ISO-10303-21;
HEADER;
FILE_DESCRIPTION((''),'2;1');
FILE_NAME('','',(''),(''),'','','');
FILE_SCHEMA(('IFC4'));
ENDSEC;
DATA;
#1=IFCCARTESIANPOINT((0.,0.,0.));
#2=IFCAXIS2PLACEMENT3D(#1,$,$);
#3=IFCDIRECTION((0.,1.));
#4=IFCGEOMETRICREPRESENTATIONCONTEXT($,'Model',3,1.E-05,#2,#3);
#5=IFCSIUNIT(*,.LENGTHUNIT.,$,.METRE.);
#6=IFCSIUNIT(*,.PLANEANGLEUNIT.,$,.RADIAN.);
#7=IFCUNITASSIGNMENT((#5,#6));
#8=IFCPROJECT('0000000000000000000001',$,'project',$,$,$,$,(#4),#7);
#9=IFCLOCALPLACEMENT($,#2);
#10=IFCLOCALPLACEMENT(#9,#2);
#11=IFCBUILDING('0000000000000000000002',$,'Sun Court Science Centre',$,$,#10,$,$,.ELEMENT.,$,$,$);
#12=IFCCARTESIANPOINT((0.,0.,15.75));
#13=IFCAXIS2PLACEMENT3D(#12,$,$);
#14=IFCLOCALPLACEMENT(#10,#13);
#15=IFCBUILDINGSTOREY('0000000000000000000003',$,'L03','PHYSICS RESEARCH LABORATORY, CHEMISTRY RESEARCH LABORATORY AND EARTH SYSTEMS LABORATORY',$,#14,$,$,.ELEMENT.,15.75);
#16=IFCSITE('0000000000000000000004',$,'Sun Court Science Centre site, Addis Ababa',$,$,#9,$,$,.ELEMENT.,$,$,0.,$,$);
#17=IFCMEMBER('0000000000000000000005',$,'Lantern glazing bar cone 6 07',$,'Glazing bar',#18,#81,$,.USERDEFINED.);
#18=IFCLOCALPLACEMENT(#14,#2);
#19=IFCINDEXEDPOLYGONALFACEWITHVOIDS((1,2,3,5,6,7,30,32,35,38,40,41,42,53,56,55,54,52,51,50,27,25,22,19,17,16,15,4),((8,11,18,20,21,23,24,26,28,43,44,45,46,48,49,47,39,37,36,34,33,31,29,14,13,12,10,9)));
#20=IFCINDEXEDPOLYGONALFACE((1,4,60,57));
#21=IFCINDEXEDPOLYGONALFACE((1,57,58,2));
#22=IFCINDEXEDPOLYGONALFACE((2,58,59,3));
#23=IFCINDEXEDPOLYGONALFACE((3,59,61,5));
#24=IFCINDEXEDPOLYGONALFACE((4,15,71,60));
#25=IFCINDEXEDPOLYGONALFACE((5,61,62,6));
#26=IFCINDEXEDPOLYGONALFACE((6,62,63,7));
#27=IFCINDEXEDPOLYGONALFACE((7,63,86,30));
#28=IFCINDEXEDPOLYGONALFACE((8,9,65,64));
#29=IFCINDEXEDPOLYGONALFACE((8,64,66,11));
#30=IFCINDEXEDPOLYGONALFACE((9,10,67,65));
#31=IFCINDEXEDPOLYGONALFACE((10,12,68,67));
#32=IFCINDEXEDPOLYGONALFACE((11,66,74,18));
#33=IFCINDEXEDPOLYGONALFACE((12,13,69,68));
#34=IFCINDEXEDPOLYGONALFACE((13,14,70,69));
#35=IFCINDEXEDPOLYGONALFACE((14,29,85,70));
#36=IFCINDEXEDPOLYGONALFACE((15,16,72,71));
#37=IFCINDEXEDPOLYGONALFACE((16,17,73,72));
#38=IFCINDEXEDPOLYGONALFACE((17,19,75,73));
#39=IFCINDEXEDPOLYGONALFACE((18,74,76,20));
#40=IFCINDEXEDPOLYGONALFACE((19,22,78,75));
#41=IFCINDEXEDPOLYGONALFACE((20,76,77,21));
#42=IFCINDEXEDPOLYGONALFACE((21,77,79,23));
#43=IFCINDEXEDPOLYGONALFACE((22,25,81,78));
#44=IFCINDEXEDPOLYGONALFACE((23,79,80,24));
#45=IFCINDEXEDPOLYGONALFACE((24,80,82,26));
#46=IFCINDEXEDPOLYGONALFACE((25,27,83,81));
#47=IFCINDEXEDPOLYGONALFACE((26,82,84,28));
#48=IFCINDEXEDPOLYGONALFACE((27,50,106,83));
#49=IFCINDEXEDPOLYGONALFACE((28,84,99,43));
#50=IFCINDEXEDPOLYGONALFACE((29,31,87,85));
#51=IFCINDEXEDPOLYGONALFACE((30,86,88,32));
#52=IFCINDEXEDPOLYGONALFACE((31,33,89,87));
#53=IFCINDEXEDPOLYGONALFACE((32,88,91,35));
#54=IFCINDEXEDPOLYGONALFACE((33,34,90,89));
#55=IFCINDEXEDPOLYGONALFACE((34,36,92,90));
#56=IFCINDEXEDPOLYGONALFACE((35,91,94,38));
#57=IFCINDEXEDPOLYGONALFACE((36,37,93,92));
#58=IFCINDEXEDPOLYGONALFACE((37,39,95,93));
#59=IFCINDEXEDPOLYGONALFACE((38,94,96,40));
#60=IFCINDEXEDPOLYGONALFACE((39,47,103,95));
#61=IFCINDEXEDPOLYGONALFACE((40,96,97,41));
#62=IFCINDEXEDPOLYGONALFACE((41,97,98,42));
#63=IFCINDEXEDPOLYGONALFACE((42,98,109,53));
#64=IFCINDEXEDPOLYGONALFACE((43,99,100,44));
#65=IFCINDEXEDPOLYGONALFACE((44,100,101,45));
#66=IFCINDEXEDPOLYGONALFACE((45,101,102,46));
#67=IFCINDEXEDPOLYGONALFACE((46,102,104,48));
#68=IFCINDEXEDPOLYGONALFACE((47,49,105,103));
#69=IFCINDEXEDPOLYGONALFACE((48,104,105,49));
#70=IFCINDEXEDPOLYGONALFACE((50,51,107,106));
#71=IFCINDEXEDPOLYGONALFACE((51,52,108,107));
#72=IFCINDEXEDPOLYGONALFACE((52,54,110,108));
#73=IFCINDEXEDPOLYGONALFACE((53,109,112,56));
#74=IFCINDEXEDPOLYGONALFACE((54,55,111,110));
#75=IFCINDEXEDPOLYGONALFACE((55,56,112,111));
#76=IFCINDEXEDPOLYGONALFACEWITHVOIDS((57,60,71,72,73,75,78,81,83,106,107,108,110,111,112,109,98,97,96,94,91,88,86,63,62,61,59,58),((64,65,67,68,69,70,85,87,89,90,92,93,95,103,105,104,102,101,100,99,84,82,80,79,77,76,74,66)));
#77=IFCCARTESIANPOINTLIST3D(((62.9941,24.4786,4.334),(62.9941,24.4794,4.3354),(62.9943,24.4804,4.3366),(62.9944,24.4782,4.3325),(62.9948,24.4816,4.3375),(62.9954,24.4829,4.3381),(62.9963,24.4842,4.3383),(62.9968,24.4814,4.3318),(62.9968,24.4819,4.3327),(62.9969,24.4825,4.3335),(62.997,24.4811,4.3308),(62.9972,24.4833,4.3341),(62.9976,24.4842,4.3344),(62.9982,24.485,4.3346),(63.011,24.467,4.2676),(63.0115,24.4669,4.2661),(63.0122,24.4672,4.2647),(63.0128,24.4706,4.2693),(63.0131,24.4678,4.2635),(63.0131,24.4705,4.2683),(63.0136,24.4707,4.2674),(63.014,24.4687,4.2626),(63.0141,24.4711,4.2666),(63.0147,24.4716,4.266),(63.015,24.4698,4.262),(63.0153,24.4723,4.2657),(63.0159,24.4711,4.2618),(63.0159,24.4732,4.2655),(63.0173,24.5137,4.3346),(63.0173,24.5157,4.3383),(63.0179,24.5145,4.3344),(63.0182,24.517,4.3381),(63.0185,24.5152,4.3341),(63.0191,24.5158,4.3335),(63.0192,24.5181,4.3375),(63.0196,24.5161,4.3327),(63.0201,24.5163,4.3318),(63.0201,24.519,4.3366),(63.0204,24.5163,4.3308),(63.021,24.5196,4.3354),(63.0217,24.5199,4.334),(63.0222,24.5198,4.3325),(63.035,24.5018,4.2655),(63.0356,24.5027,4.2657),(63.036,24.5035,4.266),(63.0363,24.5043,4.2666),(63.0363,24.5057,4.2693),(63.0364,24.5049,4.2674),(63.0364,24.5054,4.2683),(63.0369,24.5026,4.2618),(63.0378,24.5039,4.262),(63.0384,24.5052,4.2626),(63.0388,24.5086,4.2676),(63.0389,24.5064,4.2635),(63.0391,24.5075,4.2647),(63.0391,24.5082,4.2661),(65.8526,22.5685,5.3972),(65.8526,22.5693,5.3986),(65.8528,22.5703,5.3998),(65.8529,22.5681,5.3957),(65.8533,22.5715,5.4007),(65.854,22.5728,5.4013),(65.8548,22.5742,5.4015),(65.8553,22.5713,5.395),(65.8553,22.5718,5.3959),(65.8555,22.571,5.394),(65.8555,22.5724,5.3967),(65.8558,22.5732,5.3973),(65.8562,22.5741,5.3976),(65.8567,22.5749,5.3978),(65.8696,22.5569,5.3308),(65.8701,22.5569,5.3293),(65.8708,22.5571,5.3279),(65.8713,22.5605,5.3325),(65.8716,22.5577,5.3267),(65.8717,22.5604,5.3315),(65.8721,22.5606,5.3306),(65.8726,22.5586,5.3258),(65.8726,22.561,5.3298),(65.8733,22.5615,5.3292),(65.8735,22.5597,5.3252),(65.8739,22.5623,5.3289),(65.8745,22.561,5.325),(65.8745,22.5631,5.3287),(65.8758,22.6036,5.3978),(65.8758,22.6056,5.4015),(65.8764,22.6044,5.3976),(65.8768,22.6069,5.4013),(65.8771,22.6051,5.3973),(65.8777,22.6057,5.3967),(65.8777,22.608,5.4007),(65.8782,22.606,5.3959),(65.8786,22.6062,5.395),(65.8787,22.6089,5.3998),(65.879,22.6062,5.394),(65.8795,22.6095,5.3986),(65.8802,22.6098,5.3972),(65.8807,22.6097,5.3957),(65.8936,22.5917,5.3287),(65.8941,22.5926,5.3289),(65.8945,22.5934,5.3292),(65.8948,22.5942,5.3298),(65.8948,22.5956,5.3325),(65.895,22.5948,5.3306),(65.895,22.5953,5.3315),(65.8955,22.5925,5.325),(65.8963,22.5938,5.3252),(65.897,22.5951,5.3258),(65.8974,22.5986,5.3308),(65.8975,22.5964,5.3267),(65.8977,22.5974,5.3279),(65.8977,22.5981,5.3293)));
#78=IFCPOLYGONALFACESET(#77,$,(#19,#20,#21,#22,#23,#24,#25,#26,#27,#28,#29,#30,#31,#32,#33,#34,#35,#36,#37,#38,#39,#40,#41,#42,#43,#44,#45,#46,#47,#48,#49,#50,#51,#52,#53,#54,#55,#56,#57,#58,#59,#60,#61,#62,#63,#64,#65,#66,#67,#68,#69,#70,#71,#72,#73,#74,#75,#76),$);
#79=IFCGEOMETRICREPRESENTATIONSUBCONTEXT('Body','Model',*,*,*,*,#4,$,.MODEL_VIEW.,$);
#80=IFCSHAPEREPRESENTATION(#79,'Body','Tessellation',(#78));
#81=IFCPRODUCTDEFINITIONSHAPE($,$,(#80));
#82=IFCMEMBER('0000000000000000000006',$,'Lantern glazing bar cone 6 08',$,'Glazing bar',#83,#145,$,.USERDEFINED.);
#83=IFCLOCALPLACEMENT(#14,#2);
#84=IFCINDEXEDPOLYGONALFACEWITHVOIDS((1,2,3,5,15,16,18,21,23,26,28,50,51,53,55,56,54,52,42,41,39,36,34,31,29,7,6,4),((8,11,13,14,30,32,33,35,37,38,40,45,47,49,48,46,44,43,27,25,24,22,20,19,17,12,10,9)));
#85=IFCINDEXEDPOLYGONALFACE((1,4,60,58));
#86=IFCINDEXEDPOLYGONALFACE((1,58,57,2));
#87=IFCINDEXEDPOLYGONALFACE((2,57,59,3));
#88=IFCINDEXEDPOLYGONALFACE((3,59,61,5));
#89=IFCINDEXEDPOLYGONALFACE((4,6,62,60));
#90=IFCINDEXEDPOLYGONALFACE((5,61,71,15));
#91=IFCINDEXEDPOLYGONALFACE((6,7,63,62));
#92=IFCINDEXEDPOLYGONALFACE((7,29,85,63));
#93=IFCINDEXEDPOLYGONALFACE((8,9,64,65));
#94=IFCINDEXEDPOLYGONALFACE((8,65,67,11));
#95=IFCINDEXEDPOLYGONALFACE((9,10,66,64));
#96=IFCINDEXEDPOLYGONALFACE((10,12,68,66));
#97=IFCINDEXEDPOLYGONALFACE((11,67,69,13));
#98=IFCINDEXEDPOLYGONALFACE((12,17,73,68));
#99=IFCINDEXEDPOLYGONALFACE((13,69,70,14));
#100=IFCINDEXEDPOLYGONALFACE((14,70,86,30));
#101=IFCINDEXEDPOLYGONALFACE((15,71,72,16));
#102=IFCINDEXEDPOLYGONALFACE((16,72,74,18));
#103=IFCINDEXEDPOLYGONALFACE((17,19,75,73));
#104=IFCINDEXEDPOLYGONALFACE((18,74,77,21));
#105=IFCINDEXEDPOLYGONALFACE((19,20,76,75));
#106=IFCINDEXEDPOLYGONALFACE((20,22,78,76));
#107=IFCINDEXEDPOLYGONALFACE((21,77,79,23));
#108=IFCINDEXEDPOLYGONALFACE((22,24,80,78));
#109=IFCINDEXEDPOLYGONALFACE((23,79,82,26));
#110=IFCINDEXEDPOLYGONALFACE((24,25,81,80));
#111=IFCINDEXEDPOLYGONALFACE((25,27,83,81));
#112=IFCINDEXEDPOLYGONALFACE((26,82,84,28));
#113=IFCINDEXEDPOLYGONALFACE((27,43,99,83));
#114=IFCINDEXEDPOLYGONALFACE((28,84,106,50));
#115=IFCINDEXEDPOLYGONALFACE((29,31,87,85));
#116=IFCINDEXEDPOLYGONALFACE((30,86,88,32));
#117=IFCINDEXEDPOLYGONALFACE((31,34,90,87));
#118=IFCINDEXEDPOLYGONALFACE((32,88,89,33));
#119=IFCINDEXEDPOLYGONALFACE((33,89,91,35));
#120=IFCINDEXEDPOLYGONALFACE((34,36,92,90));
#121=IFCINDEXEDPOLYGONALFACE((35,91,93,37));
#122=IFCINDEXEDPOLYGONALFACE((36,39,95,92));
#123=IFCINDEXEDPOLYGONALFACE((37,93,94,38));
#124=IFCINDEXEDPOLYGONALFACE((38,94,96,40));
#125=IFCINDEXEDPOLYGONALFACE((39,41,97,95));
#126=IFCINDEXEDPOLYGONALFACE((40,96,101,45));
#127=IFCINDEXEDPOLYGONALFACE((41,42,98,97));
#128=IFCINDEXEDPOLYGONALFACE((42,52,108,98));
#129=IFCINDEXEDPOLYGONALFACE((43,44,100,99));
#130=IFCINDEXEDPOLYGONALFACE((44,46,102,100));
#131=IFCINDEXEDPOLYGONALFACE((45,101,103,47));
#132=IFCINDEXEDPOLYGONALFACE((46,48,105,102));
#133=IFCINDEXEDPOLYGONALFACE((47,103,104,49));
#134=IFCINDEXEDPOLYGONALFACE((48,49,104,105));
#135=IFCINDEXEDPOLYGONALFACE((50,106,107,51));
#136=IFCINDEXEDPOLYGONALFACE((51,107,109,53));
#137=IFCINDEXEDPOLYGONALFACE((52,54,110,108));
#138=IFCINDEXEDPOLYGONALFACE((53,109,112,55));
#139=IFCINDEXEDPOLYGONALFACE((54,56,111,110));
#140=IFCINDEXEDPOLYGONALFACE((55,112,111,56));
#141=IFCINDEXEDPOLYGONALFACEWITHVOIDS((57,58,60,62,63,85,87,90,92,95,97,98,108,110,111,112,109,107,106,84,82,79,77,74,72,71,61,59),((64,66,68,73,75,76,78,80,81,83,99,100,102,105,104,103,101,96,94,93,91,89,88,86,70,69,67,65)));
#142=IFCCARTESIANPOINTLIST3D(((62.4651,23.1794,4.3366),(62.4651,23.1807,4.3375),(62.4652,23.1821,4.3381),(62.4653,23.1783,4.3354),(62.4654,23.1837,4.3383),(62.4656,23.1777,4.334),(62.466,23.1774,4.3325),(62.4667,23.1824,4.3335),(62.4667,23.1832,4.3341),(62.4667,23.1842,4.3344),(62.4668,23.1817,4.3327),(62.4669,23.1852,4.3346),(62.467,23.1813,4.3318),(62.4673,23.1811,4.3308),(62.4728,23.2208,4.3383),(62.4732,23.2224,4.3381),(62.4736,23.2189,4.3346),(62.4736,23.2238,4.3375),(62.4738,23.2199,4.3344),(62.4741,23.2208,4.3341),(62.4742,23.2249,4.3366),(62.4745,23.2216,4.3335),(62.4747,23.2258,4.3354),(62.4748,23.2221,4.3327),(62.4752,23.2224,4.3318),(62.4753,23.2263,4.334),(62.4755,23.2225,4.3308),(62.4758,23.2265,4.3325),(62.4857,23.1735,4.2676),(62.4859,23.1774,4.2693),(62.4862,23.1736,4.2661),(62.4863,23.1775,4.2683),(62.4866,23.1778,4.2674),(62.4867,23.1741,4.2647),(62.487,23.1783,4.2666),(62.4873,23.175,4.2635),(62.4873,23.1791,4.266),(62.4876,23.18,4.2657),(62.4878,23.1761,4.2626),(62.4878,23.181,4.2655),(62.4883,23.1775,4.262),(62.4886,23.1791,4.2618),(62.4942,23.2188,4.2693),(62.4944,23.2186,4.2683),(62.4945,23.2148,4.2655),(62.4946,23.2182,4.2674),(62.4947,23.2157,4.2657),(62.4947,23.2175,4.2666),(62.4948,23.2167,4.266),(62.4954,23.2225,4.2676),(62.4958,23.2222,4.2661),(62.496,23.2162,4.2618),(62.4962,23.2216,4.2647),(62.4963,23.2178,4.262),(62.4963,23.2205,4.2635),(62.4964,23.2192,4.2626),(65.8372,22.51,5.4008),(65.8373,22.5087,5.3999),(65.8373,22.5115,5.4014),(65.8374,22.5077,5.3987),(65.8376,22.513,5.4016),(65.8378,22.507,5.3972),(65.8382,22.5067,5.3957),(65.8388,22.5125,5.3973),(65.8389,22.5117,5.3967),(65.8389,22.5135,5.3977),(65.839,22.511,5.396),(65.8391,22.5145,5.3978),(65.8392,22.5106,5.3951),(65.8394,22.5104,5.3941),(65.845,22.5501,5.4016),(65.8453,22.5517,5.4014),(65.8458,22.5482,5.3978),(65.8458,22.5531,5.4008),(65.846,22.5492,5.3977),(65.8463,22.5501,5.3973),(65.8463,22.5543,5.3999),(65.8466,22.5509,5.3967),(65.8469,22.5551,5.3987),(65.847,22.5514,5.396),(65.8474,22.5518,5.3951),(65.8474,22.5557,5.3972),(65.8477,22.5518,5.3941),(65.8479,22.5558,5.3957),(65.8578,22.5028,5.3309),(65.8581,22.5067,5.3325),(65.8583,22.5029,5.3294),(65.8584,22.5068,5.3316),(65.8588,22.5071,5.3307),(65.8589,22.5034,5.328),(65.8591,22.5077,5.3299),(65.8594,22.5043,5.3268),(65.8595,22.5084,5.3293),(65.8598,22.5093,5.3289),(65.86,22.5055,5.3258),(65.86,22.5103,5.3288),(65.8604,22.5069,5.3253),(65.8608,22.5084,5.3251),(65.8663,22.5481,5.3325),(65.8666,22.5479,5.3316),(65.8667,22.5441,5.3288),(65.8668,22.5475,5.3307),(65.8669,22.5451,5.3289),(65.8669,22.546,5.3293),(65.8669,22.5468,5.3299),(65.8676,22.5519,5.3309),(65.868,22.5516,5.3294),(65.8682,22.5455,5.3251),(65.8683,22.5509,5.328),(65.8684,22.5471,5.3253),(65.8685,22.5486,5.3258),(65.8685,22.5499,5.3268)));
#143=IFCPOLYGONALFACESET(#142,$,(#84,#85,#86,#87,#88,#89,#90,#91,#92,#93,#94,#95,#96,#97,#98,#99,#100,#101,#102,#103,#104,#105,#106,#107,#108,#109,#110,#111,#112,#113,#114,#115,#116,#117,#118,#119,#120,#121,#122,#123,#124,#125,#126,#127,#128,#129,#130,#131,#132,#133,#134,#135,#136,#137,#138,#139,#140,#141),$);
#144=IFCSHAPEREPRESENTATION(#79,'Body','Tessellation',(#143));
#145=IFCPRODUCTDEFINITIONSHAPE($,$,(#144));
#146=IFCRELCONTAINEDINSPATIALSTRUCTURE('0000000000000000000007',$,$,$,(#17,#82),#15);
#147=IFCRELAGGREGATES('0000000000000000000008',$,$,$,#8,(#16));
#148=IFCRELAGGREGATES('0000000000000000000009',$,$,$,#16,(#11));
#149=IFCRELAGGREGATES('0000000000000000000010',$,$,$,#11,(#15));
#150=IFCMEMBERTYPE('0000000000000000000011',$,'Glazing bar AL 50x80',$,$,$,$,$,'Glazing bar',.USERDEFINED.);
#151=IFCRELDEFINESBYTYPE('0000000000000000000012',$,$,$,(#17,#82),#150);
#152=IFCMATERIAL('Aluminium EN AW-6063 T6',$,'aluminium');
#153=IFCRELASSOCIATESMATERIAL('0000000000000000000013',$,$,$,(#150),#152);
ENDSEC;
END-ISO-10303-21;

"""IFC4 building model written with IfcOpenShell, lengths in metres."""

from ifc_helpers import new_model, si_unit, direction, frame, origin, origin_2d, place, context, subcontext, project, spatial, hollow_rectangle, extrude, material, material_profile, profile_set, type_object, element, save


model = new_model("IFC4")

# Units and contexts
model_context = context("Model", 3, precision=1e-05, world=origin(), true_north=direction((0.0, 1.0)))
body_context = subcontext(model_context, "Body", "Model", "MODEL_VIEW")
ifc_project = project(units=[si_unit("LENGTHUNIT", "METRE"), si_unit("PLANEANGLEUNIT", "RADIAN")], contexts=[model_context])

# Site, building, storey
site_placement = place(None, origin())
site = spatial("IfcSite", under=ifc_project, at=site_placement, Name="Sun Court Science Centre site, Addis Ababa", CompositionType="ELEMENT", RefElevation=0.0)
building_placement = place(site_placement, origin())
building = spatial("IfcBuilding", under=site, at=building_placement, Name="Sun Court Science Centre", CompositionType="ELEMENT")
storey_placement = place(building_placement, frame((0.0, 0.0, 15.75)))
storey = spatial("IfcBuildingStorey", under=building, at=storey_placement, Name="L03", Description="PHYSICS RESEARCH LABORATORY, CHEMISTRY RESEARCH LABORATORY AND EARTH SYSTEMS LABORATORY", CompositionType="ELEMENT", Elevation=15.75)

# Members
ifc_material_1 = material(Name="Aluminium EN AW-6063 T6", Category="aluminium")
ifc_material_profile_1 = material_profile(ifc_material_1, hollow_rectangle(XDim=0.05, YDim=0.0801, WallThickness=0.0039, InnerFilletRadius=0.0039, OuterFilletRadius=0.0061, at=origin_2d()), Name="AL 50x80x4")
ifc_profile_set_1 = profile_set([ifc_material_profile_1], Name="Aluminium EN AW-6063 T6")
member_type_1 = type_object("IfcMemberType", Name="Glazing bar AL 50x80", ElementType="Glazing bar", PredefinedType="USERDEFINED", material=ifc_profile_set_1)
member_1_placement = place(storey_placement, frame((63.0166, 24.4934, 4.3), z_axis=(0.794343, -0.530783, 0.295445), x_axis=(0.555585, 0.83146, 0.0)))
element("IfcMember", 1, at=member_1_placement, inside=storey, type_object=member_type_1, Name="Lantern glazing bar cone 6 07", ObjectType="Glazing bar", PredefinedType="USERDEFINED", context=body_context, shape_type="SweptSolid", body=[
    extrude(hollow_rectangle(XDim=0.05, YDim=0.0801, WallThickness=0.0039, InnerFilletRadius=0.0039, OuterFilletRadius=0.0061, at=origin_2d()), origin(), (0.0, 0.0, 1.0), 3.5986),
])
for number, where, z_axis, x_axis, name in (
    (2, (62.4807, 23.2, 4.3), (0.937008, -0.186357, 0.295444), (0.195065, 0.98079, 0.0), "Lantern glazing bar cone 6 08"),
):
    element("IfcMember", number, at=place(storey_placement, frame(where, z_axis=z_axis, x_axis=x_axis)), inside=storey, type_object=member_type_1, Name=name, ObjectType="Glazing bar", PredefinedType="USERDEFINED", context=body_context, shape_type="SweptSolid", body=[
        extrude(hollow_rectangle(XDim=0.05, YDim=0.0801, WallThickness=0.0039, InnerFilletRadius=0.0039, OuterFilletRadius=0.0061, at=origin_2d()), origin(), (0.0, 0.0, 1.0), 3.5989),
    ])

save(model, "model.ifc")
